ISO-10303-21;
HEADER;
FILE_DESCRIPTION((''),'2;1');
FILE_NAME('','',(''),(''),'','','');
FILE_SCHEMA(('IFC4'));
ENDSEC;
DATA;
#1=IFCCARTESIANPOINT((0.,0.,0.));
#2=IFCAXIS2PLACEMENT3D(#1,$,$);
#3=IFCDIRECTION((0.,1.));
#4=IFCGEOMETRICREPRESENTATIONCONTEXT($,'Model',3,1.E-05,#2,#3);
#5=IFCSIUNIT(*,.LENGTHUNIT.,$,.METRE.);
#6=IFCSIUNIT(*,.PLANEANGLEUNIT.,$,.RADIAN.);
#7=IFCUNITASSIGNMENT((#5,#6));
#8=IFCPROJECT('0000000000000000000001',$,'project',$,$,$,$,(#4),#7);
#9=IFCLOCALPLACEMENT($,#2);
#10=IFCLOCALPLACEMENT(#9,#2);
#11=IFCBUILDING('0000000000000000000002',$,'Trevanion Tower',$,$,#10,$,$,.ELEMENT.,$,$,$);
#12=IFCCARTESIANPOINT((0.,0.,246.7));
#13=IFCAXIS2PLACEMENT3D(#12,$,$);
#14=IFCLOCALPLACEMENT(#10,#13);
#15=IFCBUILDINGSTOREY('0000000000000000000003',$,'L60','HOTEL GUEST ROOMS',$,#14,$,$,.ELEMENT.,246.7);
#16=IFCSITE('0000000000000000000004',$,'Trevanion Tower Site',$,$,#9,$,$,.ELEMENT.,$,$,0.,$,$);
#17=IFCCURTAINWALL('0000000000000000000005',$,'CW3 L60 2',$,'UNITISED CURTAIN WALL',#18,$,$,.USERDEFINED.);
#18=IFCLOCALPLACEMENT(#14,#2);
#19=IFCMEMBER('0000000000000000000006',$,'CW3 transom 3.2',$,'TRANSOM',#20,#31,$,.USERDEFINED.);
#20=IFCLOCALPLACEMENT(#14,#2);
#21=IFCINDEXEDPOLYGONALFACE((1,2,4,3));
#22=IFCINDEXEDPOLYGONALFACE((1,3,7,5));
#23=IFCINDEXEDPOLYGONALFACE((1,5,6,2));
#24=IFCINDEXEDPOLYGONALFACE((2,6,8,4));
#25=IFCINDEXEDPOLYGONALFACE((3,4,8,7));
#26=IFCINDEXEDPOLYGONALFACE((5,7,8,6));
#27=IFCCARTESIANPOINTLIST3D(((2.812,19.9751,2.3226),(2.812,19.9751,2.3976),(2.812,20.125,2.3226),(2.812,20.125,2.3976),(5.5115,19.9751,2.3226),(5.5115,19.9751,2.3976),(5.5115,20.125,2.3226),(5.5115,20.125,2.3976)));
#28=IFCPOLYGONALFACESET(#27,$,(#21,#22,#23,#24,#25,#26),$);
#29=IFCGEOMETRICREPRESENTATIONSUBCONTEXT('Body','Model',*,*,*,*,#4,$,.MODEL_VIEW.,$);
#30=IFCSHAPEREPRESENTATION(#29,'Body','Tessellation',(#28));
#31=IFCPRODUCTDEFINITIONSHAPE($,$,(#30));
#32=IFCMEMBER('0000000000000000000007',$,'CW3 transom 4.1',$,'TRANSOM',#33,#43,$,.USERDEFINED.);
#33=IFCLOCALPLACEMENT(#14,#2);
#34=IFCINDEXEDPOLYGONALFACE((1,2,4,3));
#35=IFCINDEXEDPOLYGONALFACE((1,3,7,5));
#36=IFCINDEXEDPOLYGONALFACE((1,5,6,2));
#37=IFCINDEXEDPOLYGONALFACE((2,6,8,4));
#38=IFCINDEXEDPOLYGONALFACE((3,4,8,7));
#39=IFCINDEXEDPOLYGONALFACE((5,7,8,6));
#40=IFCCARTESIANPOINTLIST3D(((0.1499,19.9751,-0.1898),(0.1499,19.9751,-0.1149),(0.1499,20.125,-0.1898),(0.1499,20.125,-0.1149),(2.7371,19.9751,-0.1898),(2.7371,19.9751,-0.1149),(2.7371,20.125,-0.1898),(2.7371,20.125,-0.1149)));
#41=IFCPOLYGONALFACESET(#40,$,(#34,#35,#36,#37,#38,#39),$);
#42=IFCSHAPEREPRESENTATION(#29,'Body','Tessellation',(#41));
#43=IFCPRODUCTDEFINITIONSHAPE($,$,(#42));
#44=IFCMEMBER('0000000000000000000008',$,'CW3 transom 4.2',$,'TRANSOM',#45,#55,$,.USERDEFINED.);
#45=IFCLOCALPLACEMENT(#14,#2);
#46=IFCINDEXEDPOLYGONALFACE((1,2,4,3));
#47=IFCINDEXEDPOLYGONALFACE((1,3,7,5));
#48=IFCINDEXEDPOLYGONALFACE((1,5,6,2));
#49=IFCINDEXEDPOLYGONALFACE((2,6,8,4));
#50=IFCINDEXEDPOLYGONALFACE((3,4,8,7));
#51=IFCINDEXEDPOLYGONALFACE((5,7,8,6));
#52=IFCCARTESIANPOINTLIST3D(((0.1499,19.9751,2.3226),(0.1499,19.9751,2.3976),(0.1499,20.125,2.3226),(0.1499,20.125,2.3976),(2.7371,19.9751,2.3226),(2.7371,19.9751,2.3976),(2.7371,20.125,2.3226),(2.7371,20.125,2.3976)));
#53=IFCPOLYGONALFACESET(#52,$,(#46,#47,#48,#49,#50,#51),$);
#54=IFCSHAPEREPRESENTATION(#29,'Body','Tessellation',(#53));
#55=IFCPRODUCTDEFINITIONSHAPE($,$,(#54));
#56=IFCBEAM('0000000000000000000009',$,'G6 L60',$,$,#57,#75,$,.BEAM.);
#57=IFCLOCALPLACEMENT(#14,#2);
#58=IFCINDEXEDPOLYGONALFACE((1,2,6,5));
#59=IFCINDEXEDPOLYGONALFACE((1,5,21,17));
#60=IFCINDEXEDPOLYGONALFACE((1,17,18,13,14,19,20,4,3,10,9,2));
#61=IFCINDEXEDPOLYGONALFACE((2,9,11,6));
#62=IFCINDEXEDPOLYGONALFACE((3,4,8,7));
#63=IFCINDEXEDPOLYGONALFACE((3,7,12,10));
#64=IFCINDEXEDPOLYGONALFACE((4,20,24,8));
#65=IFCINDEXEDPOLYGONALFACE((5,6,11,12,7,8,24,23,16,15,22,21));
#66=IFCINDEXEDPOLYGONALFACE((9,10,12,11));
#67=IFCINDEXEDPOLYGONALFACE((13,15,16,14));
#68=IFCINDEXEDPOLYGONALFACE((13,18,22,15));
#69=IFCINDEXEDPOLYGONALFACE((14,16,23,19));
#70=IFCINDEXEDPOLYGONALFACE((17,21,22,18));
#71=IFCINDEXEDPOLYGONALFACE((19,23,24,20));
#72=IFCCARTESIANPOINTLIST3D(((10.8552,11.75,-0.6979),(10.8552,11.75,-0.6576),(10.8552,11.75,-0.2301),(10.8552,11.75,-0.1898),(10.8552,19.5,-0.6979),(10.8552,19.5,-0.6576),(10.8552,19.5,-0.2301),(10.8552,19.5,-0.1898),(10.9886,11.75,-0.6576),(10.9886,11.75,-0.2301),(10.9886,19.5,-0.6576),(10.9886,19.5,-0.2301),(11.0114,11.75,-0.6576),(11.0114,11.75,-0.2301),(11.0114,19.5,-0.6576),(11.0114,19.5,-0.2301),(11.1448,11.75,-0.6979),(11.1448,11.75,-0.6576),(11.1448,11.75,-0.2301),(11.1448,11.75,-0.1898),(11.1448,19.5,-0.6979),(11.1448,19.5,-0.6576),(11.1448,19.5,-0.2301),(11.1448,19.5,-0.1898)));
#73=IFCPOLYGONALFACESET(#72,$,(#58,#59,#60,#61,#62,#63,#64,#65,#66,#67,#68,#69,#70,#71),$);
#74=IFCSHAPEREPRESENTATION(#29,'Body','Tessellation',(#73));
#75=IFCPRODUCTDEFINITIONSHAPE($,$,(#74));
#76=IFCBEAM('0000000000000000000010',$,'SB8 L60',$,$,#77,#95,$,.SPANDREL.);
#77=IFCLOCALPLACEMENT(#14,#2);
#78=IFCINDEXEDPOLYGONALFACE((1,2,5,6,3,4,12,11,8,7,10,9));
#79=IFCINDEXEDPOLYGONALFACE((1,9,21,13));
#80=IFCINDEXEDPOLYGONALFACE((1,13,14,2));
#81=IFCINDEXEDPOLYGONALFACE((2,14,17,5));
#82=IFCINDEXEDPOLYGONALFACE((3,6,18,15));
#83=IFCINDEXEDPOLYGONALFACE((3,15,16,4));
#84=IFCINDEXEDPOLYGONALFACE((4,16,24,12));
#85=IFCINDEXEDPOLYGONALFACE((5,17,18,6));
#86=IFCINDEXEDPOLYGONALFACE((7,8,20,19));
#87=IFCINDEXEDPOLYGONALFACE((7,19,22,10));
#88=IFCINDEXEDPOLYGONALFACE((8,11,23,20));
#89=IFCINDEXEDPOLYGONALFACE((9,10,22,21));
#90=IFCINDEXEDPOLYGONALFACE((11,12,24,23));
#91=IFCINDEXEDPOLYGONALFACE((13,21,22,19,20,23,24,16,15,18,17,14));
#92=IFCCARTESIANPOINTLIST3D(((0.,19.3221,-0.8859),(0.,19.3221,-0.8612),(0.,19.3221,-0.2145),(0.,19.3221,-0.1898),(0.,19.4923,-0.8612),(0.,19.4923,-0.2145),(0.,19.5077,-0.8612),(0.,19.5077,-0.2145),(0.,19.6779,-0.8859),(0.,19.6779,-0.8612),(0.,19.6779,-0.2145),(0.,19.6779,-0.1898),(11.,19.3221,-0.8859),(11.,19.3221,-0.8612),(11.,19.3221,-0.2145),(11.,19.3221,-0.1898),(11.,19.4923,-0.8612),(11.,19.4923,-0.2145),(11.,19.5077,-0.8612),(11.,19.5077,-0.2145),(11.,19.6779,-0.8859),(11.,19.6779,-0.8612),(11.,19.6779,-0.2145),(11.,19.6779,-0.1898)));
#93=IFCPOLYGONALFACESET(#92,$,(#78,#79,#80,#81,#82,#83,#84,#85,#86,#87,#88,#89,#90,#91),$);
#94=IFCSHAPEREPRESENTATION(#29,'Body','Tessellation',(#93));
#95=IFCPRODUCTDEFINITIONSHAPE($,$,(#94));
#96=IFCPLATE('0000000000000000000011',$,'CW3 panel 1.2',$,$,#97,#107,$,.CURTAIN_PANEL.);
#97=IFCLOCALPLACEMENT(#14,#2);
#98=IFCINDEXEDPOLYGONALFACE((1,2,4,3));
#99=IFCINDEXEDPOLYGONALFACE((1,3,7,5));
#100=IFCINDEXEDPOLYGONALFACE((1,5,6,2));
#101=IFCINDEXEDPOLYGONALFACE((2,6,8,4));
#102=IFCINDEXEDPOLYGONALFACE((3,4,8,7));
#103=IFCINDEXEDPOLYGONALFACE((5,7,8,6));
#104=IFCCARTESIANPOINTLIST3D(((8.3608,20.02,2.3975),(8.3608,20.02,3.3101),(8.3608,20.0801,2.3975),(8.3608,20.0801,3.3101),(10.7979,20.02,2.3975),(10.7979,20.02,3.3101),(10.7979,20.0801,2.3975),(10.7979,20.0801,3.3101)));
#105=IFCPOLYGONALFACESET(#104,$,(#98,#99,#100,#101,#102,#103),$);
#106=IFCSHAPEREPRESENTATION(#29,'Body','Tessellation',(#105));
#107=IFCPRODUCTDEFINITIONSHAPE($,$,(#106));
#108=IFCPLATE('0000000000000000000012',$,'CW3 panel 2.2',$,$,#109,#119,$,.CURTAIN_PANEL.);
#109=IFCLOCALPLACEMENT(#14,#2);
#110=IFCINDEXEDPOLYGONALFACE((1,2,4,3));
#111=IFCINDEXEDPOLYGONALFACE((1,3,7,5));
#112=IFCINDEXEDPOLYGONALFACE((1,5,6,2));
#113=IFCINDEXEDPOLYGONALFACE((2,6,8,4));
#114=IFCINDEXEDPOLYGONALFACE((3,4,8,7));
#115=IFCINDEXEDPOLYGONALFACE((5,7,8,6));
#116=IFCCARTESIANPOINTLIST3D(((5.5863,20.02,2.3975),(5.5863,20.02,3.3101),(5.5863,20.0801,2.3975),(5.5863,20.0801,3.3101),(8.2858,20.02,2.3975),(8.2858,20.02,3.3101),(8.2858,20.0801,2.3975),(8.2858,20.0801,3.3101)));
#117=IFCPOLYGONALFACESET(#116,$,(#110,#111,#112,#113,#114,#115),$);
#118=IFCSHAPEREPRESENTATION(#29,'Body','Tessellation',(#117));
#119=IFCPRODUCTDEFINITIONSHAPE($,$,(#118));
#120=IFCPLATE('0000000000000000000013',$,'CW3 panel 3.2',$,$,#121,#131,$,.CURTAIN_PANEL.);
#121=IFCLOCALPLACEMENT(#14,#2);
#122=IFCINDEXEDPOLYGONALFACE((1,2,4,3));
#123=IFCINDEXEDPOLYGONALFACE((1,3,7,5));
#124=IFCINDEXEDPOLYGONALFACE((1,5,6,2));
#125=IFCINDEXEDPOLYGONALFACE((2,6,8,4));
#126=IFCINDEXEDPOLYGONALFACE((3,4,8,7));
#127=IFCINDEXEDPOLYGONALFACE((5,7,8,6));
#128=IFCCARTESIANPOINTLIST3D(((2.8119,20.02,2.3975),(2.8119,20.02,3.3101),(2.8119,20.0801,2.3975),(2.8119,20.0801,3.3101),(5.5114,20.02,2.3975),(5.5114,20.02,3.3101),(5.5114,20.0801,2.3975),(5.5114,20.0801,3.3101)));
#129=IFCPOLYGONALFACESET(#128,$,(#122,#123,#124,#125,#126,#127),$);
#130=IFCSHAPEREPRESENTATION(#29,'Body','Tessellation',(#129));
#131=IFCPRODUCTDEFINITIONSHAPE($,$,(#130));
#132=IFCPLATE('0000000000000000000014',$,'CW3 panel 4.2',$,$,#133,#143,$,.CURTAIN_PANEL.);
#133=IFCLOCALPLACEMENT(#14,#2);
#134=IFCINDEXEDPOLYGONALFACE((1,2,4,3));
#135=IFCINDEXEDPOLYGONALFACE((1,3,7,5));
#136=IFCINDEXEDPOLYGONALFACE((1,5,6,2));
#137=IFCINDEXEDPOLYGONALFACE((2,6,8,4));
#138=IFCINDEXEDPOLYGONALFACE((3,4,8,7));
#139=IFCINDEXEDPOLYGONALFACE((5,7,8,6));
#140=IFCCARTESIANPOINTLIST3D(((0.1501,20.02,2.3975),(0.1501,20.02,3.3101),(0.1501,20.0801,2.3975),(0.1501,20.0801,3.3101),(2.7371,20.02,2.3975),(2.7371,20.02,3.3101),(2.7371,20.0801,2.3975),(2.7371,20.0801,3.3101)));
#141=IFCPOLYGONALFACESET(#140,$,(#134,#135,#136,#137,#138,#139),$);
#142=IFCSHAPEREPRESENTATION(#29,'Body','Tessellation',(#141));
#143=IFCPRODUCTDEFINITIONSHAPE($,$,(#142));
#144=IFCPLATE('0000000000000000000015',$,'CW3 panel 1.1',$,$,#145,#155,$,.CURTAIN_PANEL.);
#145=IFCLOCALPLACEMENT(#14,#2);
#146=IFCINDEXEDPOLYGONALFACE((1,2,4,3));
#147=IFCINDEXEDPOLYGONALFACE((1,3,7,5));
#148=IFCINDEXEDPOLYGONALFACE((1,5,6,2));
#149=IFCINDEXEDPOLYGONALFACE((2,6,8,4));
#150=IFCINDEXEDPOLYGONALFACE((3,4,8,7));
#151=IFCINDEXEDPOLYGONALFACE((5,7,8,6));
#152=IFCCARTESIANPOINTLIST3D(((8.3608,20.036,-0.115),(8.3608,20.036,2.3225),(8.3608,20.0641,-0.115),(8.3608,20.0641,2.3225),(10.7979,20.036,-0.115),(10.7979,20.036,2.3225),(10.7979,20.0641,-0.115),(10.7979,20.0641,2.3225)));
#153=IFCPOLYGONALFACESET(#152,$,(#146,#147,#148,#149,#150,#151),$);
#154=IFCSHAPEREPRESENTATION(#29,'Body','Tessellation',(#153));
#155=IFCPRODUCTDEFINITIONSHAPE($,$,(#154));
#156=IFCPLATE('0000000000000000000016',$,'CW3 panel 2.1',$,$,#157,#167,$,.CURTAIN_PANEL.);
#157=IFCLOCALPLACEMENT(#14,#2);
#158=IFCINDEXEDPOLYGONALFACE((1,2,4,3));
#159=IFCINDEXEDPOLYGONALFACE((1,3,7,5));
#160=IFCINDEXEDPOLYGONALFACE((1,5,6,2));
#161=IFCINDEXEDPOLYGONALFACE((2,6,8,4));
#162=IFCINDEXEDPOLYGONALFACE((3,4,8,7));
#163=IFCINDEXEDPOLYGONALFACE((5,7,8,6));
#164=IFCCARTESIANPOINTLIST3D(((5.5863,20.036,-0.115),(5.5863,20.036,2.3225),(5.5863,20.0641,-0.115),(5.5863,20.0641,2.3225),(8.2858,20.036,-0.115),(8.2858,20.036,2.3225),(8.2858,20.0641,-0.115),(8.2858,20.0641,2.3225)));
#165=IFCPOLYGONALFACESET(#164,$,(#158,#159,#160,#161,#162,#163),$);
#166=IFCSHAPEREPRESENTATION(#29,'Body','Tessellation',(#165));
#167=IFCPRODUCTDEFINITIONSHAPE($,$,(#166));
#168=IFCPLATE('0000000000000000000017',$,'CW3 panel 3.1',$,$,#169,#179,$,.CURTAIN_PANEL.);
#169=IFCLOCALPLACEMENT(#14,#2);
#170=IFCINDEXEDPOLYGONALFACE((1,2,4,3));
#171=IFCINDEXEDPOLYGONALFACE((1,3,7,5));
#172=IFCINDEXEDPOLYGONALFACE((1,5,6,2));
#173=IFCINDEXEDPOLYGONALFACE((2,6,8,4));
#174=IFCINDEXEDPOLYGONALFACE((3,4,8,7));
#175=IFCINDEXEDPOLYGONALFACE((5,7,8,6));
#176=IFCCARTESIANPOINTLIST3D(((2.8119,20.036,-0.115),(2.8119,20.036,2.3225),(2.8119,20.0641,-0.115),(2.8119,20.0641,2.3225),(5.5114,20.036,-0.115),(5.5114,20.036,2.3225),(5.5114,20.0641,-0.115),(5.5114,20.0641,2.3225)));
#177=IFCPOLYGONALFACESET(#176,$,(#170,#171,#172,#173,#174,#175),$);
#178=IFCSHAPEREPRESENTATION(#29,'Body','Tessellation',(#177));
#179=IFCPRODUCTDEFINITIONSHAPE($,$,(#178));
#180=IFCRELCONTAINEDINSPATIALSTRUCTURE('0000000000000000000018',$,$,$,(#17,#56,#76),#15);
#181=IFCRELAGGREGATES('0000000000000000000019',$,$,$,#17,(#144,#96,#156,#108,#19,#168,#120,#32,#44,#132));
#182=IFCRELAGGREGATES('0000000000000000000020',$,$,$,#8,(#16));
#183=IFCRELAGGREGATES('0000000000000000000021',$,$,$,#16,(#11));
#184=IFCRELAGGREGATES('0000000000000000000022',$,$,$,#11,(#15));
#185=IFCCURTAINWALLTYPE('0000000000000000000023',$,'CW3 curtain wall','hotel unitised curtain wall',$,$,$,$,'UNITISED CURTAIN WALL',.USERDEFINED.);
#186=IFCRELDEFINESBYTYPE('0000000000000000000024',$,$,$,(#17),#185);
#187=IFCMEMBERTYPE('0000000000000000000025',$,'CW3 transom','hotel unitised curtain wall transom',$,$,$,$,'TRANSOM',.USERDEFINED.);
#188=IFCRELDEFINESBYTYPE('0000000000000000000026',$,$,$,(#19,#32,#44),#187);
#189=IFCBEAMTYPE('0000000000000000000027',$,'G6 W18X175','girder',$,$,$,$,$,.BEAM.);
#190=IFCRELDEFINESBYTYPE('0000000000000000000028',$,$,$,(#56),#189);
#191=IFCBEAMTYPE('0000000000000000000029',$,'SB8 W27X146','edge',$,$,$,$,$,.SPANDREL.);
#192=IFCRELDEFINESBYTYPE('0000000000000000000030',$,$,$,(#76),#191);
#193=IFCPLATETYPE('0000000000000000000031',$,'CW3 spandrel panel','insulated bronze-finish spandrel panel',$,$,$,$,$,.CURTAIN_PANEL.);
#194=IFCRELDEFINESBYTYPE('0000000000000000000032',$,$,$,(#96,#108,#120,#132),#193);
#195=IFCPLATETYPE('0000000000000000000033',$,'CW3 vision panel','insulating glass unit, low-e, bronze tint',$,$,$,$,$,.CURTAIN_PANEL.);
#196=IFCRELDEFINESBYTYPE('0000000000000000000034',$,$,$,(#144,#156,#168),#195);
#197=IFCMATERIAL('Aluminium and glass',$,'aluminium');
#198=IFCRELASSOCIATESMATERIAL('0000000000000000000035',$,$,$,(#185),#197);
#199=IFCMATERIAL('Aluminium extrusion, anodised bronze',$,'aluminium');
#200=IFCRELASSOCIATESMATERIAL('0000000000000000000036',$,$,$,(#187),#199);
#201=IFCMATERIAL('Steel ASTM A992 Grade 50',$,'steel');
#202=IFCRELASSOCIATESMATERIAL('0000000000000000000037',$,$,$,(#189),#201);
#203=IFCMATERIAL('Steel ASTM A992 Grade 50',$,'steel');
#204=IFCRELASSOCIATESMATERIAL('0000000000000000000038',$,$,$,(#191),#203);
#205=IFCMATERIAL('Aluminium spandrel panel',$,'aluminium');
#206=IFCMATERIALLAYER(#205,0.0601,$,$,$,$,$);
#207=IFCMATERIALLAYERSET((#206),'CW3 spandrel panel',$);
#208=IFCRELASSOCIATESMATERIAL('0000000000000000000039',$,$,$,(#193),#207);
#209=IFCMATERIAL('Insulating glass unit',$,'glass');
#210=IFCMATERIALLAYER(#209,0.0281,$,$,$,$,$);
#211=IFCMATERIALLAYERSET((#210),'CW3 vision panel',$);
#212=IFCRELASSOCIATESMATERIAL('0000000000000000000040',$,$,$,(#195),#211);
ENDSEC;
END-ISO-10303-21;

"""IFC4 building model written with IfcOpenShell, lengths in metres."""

from ifc_helpers import new_model, si_unit, direction, frame, origin, origin_2d, place, context, subcontext, project, spatial, rectangle, i_section, extrude, material, layer, layer_set, material_profile, profile_set, type_object, element, aggregate, save


model = new_model("IFC4")

# Units and contexts
model_context = context("Model", 3, precision=1e-05, world=origin(), true_north=direction((0.0, 1.0)))
body_context = subcontext(model_context, "Body", "Model", "MODEL_VIEW")
ifc_project = project(units=[si_unit("LENGTHUNIT", "METRE"), si_unit("PLANEANGLEUNIT", "RADIAN")], contexts=[model_context])

# Site, building, storey
site_placement = place(None, origin())
site = spatial("IfcSite", under=ifc_project, at=site_placement, Name="Trevanion Tower Site", CompositionType="ELEMENT", RefElevation=0.0)
building_placement = place(site_placement, origin())
building = spatial("IfcBuilding", under=site, at=building_placement, Name="Trevanion Tower", CompositionType="ELEMENT")
storey_placement = place(building_placement, frame((0.0, 0.0, 246.7)))
storey = spatial("IfcBuildingStorey", under=building, at=storey_placement, Name="L60", Description="HOTEL GUEST ROOMS", CompositionType="ELEMENT", Elevation=246.7)

# Curtain wall, members
ifc_material_1 = material(Name="Aluminium and glass", Category="aluminium")
curtain_wall_type = type_object("IfcCurtainWallType", Name="CW3 curtain wall", Description="hotel unitised curtain wall", ElementType="UNITISED CURTAIN WALL", PredefinedType="USERDEFINED", material=ifc_material_1)
curtain_wall_placement = place(storey_placement, origin())
curtain_wall = element("IfcCurtainWall", 1, at=curtain_wall_placement, inside=storey, type_object=curtain_wall_type, Name="CW3 L60 2", ObjectType="UNITISED CURTAIN WALL", PredefinedType="USERDEFINED")
ifc_material_2 = material(Name="Aluminium extrusion, anodised bronze", Category="aluminium")
ifc_material_profile_1 = material_profile(ifc_material_2, rectangle(XDim=0.1499, YDim=0.075, at=origin_2d()), Name="CW3 transom")
ifc_profile_set_1 = profile_set([ifc_material_profile_1], Name="Aluminium extrusion, anodised bronze")
member_type_1 = type_object("IfcMemberType", Name="CW3 transom", Description="hotel unitised curtain wall transom", ElementType="TRANSOM", PredefinedType="USERDEFINED", material=ifc_profile_set_1)
member_1_placement = place(storey_placement, frame((5.5115, 20.05, 2.3601), z_axis=(-1.0, 0.0, 0.0), x_axis=(0.0, -1.0, 0.0)))
member_1 = element("IfcMember", 2, at=member_1_placement, type_object=member_type_1, Name="CW3 transom 3.2", ObjectType="TRANSOM", PredefinedType="USERDEFINED", context=body_context, shape_type="SweptSolid", body=[
    extrude(rectangle(XDim=0.1499, YDim=0.075, at=origin_2d()), origin(), (0.0, 0.0, 1.0), 2.6995),
])
member_2_placement = place(storey_placement, frame((2.7371, 20.05, -0.1523), z_axis=(-1.0, 0.0, 0.0), x_axis=(0.0, -1.0, 0.0)))
member_2 = element("IfcMember", 3, at=member_2_placement, type_object=member_type_1, Name="CW3 transom 4.1", ObjectType="TRANSOM", PredefinedType="USERDEFINED", context=body_context, shape_type="SweptSolid", body=[
    extrude(rectangle(XDim=0.1499, YDim=0.075, at=origin_2d()), origin(), (0.0, 0.0, 1.0), 2.5872),
])
member_3_placement = place(storey_placement, frame((2.7371, 20.05, 2.3601), z_axis=(-1.0, 0.0, 0.0), x_axis=(0.0, -1.0, 0.0)))
member_3 = element("IfcMember", 4, at=member_3_placement, type_object=member_type_1, Name="CW3 transom 4.2", ObjectType="TRANSOM", PredefinedType="USERDEFINED", context=body_context, shape_type="SweptSolid", body=[
    extrude(rectangle(XDim=0.1499, YDim=0.075, at=origin_2d()), origin(), (0.0, 0.0, 1.0), 2.5872),
])

# Beams
ifc_material_3 = material(Name="Steel ASTM A992 Grade 50", Category="steel")
ifc_material_profile_2 = material_profile(ifc_material_3, i_section(OverallWidth=0.2896, OverallDepth=0.5081, WebThickness=0.0227, FlangeThickness=0.0403, at=origin_2d()), Name="W18X175")
ifc_profile_set_2 = profile_set([ifc_material_profile_2], Name="Steel ASTM A992 Grade 50")
beam_type_1 = type_object("IfcBeamType", Name="G6 W18X175", Description="girder", PredefinedType="BEAM", material=ifc_profile_set_2)
beam_1_placement = place(storey_placement, frame((11.0, 11.75, -0.4438), z_axis=(0.0, 1.0, 0.0), x_axis=(-1.0, 0.0, 0.0)))
element("IfcBeam", 5, at=beam_1_placement, inside=storey, type_object=beam_type_1, Name="G6 L60", PredefinedType="BEAM", context=body_context, shape_type="SweptSolid", body=[
    extrude(i_section(OverallWidth=0.2896, OverallDepth=0.5081, WebThickness=0.0227, FlangeThickness=0.0403, at=origin_2d()), origin(), (0.0, 0.0, 1.0), 7.75),
])
ifc_material_4 = material(Name="Steel ASTM A992 Grade 50", Category="steel")
ifc_material_profile_3 = material_profile(ifc_material_4, i_section(OverallWidth=0.3557, OverallDepth=0.696, WebThickness=0.0154, FlangeThickness=0.0247, at=origin_2d()), Name="W27X146")
ifc_profile_set_3 = profile_set([ifc_material_profile_3], Name="Steel ASTM A992 Grade 50")
beam_type_2 = type_object("IfcBeamType", Name="SB8 W27X146", Description="edge", PredefinedType="SPANDREL", material=ifc_profile_set_3)
beam_2_placement = place(storey_placement, frame((11.0, 19.5, -0.5378), z_axis=(-1.0, 0.0, 0.0), x_axis=(0.0, -1.0, 0.0)))
element("IfcBeam", 6, at=beam_2_placement, inside=storey, type_object=beam_type_2, Name="SB8 L60", PredefinedType="SPANDREL", context=body_context, shape_type="SweptSolid", body=[
    extrude(i_section(OverallWidth=0.3557, OverallDepth=0.696, WebThickness=0.0154, FlangeThickness=0.0247, at=origin_2d()), origin(), (0.0, 0.0, 1.0), 11.0),
])

# Plates
ifc_material_5 = material(Name="Aluminium spandrel panel", Category="aluminium")
ifc_layer_1 = layer(ifc_material_5, 0.0601)
ifc_layer_set_1 = layer_set([ifc_layer_1], Name="CW3 spandrel panel")
plate_type_1 = type_object("IfcPlateType", Name="CW3 spandrel panel", Description="insulated bronze-finish spandrel panel", PredefinedType="CURTAIN_PANEL", material=ifc_layer_set_1)
plate_1_placement = place(storey_placement, frame((9.5793, 20.05, 2.3975), z_axis=(0.0, 0.0, 1.0), x_axis=(-1.0, 0.0, 0.0)))
plate_1 = element("IfcPlate", 7, at=plate_1_placement, type_object=plate_type_1, Name="CW3 panel 1.2", PredefinedType="CURTAIN_PANEL", context=body_context, shape_type="SweptSolid", body=[
    extrude(rectangle(XDim=2.437, YDim=0.0601, at=origin_2d()), origin(), (0.0, 0.0, 1.0), 0.9126),
])
plate_2_placement = place(storey_placement, frame((6.936, 20.05, 2.3975), z_axis=(0.0, 0.0, 1.0), x_axis=(-1.0, 0.0, 0.0)))
plate_2 = element("IfcPlate", 8, at=plate_2_placement, type_object=plate_type_1, Name="CW3 panel 2.2", PredefinedType="CURTAIN_PANEL", context=body_context, shape_type="SweptSolid", body=[
    extrude(rectangle(XDim=2.6995, YDim=0.0601, at=origin_2d()), origin(), (0.0, 0.0, 1.0), 0.9126),
])
plate_3_placement = place(storey_placement, frame((4.1616, 20.05, 2.3975), z_axis=(0.0, 0.0, 1.0), x_axis=(-1.0, 0.0, 0.0)))
plate_3 = element("IfcPlate", 9, at=plate_3_placement, type_object=plate_type_1, Name="CW3 panel 3.2", PredefinedType="CURTAIN_PANEL", context=body_context, shape_type="SweptSolid", body=[
    extrude(rectangle(XDim=2.6995, YDim=0.0601, at=origin_2d()), origin(), (0.0, 0.0, 1.0), 0.9126),
])
plate_4_placement = place(storey_placement, frame((1.4436, 20.05, 2.3975), z_axis=(0.0, 0.0, 1.0), x_axis=(-1.0, 0.0, 0.0)))
plate_4 = element("IfcPlate", 10, at=plate_4_placement, type_object=plate_type_1, Name="CW3 panel 4.2", PredefinedType="CURTAIN_PANEL", context=body_context, shape_type="SweptSolid", body=[
    extrude(rectangle(XDim=2.5869, YDim=0.0601, at=origin_2d()), origin(), (0.0, 0.0, 1.0), 0.9126),
])
ifc_material_6 = material(Name="Insulating glass unit", Category="glass")
ifc_layer_2 = layer(ifc_material_6, 0.0281)
ifc_layer_set_2 = layer_set([ifc_layer_2], Name="CW3 vision panel")
plate_type_2 = type_object("IfcPlateType", Name="CW3 vision panel", Description="insulating glass unit, low-e, bronze tint", PredefinedType="CURTAIN_PANEL", material=ifc_layer_set_2)
plate_5_placement = place(storey_placement, frame((9.5793, 20.05, -0.115), z_axis=(0.0, 0.0, 1.0), x_axis=(-1.0, 0.0, 0.0)))
plate_5 = element("IfcPlate", 11, at=plate_5_placement, type_object=plate_type_2, Name="CW3 panel 1.1", PredefinedType="CURTAIN_PANEL", context=body_context, shape_type="SweptSolid", body=[
    extrude(rectangle(XDim=2.437, YDim=0.0281, at=origin_2d()), origin(), (0.0, 0.0, 1.0), 2.4375),
])
plate_6_placement = place(storey_placement, frame((6.936, 20.05, -0.115), z_axis=(0.0, 0.0, 1.0), x_axis=(-1.0, 0.0, 0.0)))
plate_6 = element("IfcPlate", 12, at=plate_6_placement, type_object=plate_type_2, Name="CW3 panel 2.1", PredefinedType="CURTAIN_PANEL", context=body_context, shape_type="SweptSolid", body=[
    extrude(rectangle(XDim=2.6995, YDim=0.0281, at=origin_2d()), origin(), (0.0, 0.0, 1.0), 2.4375),
])
plate_7_placement = place(storey_placement, frame((4.1616, 20.05, -0.115), z_axis=(0.0, 0.0, 1.0), x_axis=(-1.0, 0.0, 0.0)))
plate_7 = element("IfcPlate", 13, at=plate_7_placement, type_object=plate_type_2, Name="CW3 panel 3.1", PredefinedType="CURTAIN_PANEL", context=body_context, shape_type="SweptSolid", body=[
    extrude(rectangle(XDim=2.6995, YDim=0.0281, at=origin_2d()), origin(), (0.0, 0.0, 1.0), 2.4375),
])
aggregate(curtain_wall, [plate_5, plate_1, plate_6, plate_2, member_1, plate_7, plate_3, member_2, member_3, plate_4])

save(model, "model.ifc")
